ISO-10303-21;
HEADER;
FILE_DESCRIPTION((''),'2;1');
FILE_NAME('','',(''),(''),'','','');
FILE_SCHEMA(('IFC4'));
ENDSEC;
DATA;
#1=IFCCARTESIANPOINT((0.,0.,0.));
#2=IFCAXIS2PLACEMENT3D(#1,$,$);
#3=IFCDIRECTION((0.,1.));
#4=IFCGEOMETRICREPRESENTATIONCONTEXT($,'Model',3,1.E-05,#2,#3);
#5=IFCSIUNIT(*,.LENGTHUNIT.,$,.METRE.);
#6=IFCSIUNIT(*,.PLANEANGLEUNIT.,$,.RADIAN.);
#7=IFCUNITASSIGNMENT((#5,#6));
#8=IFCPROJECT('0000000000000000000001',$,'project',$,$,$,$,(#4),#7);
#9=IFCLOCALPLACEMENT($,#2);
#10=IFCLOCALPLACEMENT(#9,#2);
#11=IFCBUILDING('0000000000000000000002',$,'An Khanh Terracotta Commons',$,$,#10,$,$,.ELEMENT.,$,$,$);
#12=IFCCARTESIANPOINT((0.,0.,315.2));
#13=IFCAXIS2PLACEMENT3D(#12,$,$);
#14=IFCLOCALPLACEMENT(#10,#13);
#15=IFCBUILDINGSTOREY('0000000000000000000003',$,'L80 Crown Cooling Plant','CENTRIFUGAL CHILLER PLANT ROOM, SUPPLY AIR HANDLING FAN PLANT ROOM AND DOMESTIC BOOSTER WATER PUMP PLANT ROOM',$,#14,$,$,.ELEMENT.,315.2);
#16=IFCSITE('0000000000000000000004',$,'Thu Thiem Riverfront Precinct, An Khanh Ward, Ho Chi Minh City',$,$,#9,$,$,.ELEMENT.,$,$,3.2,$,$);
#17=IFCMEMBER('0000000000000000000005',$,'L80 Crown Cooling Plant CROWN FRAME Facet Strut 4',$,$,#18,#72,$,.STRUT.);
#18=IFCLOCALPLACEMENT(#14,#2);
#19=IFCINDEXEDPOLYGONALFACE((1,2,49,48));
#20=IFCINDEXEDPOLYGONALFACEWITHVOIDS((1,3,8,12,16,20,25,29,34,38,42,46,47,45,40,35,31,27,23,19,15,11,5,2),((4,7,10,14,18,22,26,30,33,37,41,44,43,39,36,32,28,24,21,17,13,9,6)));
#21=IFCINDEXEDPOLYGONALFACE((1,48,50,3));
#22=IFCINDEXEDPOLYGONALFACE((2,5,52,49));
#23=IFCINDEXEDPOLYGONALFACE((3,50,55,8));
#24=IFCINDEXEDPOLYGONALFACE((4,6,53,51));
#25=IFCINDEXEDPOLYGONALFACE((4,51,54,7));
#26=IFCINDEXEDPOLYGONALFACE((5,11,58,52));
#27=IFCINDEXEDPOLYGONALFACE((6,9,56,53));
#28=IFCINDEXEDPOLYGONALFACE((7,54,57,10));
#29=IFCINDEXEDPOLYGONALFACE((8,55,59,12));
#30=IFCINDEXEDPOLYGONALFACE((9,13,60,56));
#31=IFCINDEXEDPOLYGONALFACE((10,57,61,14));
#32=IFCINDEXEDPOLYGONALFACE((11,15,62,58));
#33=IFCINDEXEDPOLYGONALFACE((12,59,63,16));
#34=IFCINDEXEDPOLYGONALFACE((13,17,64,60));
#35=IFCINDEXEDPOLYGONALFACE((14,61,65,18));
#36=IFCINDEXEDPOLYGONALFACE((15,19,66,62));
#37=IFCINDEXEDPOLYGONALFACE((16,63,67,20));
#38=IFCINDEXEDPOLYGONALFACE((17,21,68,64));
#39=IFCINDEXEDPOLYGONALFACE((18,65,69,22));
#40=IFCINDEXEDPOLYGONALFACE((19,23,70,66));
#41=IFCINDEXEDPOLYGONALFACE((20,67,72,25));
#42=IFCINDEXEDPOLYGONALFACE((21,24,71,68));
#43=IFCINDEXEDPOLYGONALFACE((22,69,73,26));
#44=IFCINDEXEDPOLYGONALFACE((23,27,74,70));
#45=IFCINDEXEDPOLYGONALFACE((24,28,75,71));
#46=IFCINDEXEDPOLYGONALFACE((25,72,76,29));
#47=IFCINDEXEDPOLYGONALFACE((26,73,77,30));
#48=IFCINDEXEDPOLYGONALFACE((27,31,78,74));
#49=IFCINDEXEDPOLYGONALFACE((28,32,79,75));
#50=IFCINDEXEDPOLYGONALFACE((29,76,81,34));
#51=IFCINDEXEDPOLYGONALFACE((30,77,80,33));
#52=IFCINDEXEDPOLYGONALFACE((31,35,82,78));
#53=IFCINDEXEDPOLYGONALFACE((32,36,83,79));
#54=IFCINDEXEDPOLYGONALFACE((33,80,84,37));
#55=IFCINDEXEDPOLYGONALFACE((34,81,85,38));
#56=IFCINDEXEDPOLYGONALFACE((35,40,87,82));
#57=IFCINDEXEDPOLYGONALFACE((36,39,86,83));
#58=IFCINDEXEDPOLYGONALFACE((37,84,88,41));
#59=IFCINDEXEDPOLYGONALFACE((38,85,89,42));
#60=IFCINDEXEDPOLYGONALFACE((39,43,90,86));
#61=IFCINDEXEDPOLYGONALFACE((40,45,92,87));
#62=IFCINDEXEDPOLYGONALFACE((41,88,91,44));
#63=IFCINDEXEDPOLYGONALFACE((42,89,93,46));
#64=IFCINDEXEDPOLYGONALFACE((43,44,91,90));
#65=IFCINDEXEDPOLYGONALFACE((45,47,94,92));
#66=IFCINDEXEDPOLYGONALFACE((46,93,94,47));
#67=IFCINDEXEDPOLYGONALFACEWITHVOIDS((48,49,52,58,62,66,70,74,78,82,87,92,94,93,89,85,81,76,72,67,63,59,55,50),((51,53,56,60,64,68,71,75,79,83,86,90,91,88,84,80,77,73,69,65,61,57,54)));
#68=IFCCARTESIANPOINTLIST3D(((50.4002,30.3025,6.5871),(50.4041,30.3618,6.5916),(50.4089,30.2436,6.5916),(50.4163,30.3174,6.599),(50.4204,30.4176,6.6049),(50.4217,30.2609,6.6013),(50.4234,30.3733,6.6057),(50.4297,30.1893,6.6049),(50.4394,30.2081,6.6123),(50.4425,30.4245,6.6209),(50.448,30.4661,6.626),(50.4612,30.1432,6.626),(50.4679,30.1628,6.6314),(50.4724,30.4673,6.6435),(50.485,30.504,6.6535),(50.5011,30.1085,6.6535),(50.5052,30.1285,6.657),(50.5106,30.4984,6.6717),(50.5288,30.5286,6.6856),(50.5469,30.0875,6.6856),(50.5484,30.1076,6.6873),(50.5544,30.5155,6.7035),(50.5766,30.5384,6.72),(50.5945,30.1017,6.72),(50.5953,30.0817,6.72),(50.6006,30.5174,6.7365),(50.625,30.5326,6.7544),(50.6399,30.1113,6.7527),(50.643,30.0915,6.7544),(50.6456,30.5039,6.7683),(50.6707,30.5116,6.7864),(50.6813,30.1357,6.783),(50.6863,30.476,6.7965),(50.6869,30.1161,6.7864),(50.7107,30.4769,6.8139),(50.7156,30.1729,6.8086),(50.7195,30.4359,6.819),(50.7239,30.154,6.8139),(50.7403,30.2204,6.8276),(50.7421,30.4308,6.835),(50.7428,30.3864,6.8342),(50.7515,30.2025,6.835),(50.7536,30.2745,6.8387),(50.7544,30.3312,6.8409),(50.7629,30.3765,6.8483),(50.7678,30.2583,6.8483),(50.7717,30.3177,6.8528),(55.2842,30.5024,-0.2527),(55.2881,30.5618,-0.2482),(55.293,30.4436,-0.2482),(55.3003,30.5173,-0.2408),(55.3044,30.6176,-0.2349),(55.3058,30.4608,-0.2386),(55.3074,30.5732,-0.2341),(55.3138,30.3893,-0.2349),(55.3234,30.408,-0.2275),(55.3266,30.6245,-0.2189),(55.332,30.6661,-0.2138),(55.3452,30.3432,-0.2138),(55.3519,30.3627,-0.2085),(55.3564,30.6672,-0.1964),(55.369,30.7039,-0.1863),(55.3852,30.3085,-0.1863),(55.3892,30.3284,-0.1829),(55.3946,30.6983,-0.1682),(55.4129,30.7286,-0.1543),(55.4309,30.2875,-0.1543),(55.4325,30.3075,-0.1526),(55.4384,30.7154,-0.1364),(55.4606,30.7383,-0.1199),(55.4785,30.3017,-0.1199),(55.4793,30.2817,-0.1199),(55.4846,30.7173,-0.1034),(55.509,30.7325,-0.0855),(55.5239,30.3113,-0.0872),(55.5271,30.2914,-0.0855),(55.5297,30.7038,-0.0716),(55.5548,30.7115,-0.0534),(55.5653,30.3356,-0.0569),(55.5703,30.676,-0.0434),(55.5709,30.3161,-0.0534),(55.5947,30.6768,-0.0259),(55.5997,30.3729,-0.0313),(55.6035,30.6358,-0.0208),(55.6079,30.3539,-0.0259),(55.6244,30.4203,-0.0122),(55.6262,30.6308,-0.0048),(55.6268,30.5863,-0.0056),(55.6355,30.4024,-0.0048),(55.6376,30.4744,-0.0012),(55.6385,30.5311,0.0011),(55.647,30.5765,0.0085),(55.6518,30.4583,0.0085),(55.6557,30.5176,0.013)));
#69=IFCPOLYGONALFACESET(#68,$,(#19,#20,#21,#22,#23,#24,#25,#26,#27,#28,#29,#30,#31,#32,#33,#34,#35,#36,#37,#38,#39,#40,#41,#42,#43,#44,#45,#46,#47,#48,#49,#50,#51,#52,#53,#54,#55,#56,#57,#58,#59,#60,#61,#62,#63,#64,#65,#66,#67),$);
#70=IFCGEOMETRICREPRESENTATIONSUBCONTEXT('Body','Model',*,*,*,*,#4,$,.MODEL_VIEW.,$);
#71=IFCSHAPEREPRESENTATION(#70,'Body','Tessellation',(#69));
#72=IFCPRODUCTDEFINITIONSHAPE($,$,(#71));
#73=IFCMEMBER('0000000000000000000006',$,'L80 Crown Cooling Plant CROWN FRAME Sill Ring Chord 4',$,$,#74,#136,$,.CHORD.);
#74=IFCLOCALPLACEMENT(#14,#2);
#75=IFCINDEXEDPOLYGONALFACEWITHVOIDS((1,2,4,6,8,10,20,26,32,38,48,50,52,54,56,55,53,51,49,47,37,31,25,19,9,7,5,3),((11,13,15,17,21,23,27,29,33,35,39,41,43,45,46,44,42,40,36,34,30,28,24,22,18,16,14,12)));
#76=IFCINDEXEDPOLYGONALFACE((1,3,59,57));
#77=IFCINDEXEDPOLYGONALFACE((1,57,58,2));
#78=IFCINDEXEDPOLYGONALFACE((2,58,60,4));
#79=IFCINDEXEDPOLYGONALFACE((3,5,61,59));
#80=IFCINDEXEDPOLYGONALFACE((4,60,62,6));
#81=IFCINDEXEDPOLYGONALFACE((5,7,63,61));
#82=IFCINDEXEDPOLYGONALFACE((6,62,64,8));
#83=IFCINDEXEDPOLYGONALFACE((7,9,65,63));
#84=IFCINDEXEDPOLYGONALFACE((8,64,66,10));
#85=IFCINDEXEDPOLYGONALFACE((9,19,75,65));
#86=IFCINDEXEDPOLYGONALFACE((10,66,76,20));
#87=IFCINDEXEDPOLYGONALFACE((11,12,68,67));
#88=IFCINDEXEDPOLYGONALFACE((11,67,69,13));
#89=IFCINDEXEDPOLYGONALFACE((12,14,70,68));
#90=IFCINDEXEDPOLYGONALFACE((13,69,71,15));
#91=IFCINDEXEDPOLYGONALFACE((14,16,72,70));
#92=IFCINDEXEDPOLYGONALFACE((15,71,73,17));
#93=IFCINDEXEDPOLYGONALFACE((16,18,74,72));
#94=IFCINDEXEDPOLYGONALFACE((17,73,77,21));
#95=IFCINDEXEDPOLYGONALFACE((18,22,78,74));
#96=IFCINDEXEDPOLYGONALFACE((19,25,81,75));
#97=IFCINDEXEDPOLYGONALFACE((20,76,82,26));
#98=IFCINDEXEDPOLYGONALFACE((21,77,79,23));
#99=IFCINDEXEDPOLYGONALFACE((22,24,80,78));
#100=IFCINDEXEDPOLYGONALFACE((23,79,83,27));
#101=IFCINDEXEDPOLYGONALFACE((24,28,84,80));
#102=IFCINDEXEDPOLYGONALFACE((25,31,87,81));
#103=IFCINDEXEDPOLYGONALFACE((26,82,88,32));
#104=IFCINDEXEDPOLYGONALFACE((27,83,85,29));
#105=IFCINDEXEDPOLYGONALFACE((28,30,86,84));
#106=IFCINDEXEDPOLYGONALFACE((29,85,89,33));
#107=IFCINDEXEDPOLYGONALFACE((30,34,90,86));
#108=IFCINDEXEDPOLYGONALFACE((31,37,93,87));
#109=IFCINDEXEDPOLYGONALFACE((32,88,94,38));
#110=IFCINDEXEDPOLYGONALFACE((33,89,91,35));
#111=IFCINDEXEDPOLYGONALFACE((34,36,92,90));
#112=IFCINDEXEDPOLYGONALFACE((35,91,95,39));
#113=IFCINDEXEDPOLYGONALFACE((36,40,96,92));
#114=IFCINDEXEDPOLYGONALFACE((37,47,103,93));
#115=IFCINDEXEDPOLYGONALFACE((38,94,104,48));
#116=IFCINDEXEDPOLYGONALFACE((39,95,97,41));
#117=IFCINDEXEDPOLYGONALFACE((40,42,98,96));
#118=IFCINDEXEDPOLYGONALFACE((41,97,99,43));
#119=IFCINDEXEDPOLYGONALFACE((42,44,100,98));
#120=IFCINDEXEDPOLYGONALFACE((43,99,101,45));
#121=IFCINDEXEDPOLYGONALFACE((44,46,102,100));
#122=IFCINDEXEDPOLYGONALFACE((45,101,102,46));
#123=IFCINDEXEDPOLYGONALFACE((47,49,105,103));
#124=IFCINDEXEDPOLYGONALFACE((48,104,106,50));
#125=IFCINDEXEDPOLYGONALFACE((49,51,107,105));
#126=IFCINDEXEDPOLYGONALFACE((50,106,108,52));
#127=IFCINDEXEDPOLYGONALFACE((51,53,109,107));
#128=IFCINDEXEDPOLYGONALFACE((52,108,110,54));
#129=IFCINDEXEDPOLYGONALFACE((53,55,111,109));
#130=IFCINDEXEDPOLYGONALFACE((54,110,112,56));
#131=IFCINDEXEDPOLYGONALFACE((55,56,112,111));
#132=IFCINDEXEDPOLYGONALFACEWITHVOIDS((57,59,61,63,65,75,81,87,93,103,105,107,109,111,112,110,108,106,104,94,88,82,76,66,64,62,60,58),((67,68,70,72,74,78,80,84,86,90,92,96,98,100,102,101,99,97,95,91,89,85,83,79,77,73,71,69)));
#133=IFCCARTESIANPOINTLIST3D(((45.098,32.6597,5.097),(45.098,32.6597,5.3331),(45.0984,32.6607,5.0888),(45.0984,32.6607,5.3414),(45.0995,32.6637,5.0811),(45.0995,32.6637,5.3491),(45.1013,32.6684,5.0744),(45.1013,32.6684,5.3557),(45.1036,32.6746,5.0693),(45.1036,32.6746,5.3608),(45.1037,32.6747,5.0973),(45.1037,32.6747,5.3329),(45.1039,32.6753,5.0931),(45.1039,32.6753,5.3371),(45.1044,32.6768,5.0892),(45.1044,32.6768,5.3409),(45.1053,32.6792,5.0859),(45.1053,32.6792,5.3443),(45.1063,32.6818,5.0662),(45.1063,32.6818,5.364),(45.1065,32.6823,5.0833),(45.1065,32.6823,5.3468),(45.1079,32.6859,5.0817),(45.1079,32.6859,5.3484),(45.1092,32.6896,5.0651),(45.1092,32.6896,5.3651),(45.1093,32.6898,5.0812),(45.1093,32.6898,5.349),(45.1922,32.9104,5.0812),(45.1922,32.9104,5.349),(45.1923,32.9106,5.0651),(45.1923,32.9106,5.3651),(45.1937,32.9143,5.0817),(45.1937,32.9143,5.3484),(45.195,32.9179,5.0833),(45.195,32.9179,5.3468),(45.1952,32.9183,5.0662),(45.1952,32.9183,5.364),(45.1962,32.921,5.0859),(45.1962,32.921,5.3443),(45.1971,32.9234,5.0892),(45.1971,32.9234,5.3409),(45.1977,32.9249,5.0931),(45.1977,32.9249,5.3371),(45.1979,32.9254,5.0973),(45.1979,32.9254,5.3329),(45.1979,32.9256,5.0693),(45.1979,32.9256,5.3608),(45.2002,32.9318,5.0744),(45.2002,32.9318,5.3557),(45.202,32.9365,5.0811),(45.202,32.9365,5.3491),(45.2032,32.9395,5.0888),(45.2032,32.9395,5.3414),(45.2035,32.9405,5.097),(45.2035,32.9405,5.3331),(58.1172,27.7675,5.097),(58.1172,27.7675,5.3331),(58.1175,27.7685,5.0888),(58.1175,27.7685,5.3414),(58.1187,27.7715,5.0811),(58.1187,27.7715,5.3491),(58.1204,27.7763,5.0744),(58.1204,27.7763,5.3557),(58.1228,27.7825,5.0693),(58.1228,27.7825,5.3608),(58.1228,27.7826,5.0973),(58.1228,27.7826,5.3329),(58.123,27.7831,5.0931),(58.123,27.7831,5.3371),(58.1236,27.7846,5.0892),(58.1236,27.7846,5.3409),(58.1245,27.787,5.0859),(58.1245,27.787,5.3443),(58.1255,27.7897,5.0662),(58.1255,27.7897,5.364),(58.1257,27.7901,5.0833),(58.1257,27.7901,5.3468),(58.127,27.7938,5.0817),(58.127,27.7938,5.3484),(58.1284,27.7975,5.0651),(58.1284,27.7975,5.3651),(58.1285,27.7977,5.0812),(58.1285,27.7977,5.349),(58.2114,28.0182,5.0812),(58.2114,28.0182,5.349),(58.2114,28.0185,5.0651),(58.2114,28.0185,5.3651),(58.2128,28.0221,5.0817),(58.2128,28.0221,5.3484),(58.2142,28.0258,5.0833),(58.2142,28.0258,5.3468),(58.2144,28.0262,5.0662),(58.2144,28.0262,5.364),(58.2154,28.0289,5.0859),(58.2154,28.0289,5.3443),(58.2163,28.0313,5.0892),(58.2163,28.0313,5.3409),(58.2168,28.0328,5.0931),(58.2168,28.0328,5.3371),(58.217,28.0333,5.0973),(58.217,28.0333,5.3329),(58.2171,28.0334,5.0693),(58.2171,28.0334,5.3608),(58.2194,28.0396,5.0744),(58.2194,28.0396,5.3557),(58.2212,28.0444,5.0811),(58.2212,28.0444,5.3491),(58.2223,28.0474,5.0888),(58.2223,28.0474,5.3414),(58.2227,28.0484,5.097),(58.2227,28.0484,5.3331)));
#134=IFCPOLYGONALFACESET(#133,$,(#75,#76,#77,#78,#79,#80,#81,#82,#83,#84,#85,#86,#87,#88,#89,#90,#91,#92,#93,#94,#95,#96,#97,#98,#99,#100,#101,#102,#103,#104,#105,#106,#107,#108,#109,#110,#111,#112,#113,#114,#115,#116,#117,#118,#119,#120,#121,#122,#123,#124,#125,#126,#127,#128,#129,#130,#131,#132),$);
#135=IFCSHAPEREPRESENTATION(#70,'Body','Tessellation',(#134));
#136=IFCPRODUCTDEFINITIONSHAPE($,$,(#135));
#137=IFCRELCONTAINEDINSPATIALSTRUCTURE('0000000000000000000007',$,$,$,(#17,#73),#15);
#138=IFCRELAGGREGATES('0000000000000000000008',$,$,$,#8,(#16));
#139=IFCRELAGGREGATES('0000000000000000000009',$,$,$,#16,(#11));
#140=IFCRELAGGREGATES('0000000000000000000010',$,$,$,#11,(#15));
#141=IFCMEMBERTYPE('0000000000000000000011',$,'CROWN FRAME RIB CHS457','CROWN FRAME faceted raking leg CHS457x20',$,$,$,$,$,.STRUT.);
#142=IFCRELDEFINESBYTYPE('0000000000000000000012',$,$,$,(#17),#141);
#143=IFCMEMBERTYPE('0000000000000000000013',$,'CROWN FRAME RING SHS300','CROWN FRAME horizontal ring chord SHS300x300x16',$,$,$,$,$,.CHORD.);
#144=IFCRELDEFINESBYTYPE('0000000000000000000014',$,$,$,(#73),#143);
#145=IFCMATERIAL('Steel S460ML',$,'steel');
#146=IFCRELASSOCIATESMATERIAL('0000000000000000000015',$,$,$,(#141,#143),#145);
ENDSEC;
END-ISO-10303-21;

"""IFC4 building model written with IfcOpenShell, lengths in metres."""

from ifc_helpers import new_model, si_unit, direction, frame, origin, origin_2d, place, context, subcontext, project, spatial, hollow_rectangle, hollow_circle, extrude, material, material_profile, profile_set, type_object, element, save


model = new_model("IFC4")

# Units and contexts
model_context = context("Model", 3, precision=1e-05, world=origin(), true_north=direction((0.0, 1.0)))
body_context = subcontext(model_context, "Body", "Model", "MODEL_VIEW")
ifc_project = project(units=[si_unit("LENGTHUNIT", "METRE"), si_unit("PLANEANGLEUNIT", "RADIAN")], contexts=[model_context])

# Site, building, storey
site_placement = place(None, origin())
site = spatial("IfcSite", under=ifc_project, at=site_placement, Name="Thu Thiem Riverfront Precinct, An Khanh Ward, Ho Chi Minh City", CompositionType="ELEMENT", RefElevation=3.2)
building_placement = place(site_placement, origin())
building = spatial("IfcBuilding", under=site, at=building_placement, Name="An Khanh Terracotta Commons", CompositionType="ELEMENT")
storey_placement = place(building_placement, frame((0.0, 0.0, 315.2)))
storey = spatial("IfcBuildingStorey", under=building, at=storey_placement, Name="L80 Crown Cooling Plant", Description="CENTRIFUGAL CHILLER PLANT ROOM, SUPPLY AIR HANDLING FAN PLANT ROOM AND DOMESTIC BOOSTER WATER PUMP PLANT ROOM", CompositionType="ELEMENT", Elevation=315.2)

# Members
ifc_material_1 = material(Name="Steel S460ML", Category="steel")
ifc_material_profile_1 = material_profile(ifc_material_1, hollow_circle(Radius=0.2285, WallThickness=0.02, at=origin_2d()), Name="CHS457x20")
ifc_profile_set_1 = profile_set([ifc_material_profile_1], Name="Steel S460ML")
member_type_1 = type_object("IfcMemberType", Name="CROWN FRAME RIB CHS457", Description="CROWN FRAME faceted raking leg CHS457x20", PredefinedType="STRUT", material=ifc_profile_set_1)
member_1_placement = place(storey_placement, frame((55.47, 30.51, -0.1199), z_axis=(-0.58095, -0.023784, 0.813592), x_axis=(0.040905, -0.999163, 0.0)))
element("IfcMember", 1, at=member_1_placement, inside=storey, type_object=member_type_1, Name="L80 Crown Cooling Plant CROWN FRAME Facet Strut 4", PredefinedType="STRUT", context=body_context, shape_type="SweptSolid", body=[
    extrude(hollow_circle(Radius=0.2285, WallThickness=0.02, at=origin_2d()), origin(), (0.0, 0.0, 1.0), 8.407),
])
ifc_material_profile_2 = material_profile(ifc_material_1, hollow_rectangle(XDim=0.3, YDim=0.3, WallThickness=0.0161, InnerFilletRadius=0.0161, OuterFilletRadius=0.032, at=origin_2d()), Name="SHS300x300x16")
ifc_profile_set_2 = profile_set([ifc_material_profile_2], Name="Steel S460ML")
member_type_2 = type_object("IfcMemberType", Name="CROWN FRAME RING SHS300", Description="CROWN FRAME horizontal ring chord SHS300x300x16", PredefinedType="CHORD", material=ifc_profile_set_2)
member_2_placement = place(storey_placement, frame((58.1699, 27.908, 5.2151), z_axis=(-0.936094, 0.351751, 0.0), x_axis=(-0.351751, -0.936094, 0.0)))
element("IfcMember", 2, at=member_2_placement, inside=storey, type_object=member_type_2, Name="L80 Crown Cooling Plant CROWN FRAME Sill Ring Chord 4", PredefinedType="CHORD", context=body_context, shape_type="SweptSolid", body=[
    extrude(hollow_rectangle(XDim=0.3, YDim=0.3, WallThickness=0.0161, InnerFilletRadius=0.0161, OuterFilletRadius=0.032, at=origin_2d()), origin(), (0.0, 0.0, 1.0), 13.908),
])

save(model, "model.ifc")
